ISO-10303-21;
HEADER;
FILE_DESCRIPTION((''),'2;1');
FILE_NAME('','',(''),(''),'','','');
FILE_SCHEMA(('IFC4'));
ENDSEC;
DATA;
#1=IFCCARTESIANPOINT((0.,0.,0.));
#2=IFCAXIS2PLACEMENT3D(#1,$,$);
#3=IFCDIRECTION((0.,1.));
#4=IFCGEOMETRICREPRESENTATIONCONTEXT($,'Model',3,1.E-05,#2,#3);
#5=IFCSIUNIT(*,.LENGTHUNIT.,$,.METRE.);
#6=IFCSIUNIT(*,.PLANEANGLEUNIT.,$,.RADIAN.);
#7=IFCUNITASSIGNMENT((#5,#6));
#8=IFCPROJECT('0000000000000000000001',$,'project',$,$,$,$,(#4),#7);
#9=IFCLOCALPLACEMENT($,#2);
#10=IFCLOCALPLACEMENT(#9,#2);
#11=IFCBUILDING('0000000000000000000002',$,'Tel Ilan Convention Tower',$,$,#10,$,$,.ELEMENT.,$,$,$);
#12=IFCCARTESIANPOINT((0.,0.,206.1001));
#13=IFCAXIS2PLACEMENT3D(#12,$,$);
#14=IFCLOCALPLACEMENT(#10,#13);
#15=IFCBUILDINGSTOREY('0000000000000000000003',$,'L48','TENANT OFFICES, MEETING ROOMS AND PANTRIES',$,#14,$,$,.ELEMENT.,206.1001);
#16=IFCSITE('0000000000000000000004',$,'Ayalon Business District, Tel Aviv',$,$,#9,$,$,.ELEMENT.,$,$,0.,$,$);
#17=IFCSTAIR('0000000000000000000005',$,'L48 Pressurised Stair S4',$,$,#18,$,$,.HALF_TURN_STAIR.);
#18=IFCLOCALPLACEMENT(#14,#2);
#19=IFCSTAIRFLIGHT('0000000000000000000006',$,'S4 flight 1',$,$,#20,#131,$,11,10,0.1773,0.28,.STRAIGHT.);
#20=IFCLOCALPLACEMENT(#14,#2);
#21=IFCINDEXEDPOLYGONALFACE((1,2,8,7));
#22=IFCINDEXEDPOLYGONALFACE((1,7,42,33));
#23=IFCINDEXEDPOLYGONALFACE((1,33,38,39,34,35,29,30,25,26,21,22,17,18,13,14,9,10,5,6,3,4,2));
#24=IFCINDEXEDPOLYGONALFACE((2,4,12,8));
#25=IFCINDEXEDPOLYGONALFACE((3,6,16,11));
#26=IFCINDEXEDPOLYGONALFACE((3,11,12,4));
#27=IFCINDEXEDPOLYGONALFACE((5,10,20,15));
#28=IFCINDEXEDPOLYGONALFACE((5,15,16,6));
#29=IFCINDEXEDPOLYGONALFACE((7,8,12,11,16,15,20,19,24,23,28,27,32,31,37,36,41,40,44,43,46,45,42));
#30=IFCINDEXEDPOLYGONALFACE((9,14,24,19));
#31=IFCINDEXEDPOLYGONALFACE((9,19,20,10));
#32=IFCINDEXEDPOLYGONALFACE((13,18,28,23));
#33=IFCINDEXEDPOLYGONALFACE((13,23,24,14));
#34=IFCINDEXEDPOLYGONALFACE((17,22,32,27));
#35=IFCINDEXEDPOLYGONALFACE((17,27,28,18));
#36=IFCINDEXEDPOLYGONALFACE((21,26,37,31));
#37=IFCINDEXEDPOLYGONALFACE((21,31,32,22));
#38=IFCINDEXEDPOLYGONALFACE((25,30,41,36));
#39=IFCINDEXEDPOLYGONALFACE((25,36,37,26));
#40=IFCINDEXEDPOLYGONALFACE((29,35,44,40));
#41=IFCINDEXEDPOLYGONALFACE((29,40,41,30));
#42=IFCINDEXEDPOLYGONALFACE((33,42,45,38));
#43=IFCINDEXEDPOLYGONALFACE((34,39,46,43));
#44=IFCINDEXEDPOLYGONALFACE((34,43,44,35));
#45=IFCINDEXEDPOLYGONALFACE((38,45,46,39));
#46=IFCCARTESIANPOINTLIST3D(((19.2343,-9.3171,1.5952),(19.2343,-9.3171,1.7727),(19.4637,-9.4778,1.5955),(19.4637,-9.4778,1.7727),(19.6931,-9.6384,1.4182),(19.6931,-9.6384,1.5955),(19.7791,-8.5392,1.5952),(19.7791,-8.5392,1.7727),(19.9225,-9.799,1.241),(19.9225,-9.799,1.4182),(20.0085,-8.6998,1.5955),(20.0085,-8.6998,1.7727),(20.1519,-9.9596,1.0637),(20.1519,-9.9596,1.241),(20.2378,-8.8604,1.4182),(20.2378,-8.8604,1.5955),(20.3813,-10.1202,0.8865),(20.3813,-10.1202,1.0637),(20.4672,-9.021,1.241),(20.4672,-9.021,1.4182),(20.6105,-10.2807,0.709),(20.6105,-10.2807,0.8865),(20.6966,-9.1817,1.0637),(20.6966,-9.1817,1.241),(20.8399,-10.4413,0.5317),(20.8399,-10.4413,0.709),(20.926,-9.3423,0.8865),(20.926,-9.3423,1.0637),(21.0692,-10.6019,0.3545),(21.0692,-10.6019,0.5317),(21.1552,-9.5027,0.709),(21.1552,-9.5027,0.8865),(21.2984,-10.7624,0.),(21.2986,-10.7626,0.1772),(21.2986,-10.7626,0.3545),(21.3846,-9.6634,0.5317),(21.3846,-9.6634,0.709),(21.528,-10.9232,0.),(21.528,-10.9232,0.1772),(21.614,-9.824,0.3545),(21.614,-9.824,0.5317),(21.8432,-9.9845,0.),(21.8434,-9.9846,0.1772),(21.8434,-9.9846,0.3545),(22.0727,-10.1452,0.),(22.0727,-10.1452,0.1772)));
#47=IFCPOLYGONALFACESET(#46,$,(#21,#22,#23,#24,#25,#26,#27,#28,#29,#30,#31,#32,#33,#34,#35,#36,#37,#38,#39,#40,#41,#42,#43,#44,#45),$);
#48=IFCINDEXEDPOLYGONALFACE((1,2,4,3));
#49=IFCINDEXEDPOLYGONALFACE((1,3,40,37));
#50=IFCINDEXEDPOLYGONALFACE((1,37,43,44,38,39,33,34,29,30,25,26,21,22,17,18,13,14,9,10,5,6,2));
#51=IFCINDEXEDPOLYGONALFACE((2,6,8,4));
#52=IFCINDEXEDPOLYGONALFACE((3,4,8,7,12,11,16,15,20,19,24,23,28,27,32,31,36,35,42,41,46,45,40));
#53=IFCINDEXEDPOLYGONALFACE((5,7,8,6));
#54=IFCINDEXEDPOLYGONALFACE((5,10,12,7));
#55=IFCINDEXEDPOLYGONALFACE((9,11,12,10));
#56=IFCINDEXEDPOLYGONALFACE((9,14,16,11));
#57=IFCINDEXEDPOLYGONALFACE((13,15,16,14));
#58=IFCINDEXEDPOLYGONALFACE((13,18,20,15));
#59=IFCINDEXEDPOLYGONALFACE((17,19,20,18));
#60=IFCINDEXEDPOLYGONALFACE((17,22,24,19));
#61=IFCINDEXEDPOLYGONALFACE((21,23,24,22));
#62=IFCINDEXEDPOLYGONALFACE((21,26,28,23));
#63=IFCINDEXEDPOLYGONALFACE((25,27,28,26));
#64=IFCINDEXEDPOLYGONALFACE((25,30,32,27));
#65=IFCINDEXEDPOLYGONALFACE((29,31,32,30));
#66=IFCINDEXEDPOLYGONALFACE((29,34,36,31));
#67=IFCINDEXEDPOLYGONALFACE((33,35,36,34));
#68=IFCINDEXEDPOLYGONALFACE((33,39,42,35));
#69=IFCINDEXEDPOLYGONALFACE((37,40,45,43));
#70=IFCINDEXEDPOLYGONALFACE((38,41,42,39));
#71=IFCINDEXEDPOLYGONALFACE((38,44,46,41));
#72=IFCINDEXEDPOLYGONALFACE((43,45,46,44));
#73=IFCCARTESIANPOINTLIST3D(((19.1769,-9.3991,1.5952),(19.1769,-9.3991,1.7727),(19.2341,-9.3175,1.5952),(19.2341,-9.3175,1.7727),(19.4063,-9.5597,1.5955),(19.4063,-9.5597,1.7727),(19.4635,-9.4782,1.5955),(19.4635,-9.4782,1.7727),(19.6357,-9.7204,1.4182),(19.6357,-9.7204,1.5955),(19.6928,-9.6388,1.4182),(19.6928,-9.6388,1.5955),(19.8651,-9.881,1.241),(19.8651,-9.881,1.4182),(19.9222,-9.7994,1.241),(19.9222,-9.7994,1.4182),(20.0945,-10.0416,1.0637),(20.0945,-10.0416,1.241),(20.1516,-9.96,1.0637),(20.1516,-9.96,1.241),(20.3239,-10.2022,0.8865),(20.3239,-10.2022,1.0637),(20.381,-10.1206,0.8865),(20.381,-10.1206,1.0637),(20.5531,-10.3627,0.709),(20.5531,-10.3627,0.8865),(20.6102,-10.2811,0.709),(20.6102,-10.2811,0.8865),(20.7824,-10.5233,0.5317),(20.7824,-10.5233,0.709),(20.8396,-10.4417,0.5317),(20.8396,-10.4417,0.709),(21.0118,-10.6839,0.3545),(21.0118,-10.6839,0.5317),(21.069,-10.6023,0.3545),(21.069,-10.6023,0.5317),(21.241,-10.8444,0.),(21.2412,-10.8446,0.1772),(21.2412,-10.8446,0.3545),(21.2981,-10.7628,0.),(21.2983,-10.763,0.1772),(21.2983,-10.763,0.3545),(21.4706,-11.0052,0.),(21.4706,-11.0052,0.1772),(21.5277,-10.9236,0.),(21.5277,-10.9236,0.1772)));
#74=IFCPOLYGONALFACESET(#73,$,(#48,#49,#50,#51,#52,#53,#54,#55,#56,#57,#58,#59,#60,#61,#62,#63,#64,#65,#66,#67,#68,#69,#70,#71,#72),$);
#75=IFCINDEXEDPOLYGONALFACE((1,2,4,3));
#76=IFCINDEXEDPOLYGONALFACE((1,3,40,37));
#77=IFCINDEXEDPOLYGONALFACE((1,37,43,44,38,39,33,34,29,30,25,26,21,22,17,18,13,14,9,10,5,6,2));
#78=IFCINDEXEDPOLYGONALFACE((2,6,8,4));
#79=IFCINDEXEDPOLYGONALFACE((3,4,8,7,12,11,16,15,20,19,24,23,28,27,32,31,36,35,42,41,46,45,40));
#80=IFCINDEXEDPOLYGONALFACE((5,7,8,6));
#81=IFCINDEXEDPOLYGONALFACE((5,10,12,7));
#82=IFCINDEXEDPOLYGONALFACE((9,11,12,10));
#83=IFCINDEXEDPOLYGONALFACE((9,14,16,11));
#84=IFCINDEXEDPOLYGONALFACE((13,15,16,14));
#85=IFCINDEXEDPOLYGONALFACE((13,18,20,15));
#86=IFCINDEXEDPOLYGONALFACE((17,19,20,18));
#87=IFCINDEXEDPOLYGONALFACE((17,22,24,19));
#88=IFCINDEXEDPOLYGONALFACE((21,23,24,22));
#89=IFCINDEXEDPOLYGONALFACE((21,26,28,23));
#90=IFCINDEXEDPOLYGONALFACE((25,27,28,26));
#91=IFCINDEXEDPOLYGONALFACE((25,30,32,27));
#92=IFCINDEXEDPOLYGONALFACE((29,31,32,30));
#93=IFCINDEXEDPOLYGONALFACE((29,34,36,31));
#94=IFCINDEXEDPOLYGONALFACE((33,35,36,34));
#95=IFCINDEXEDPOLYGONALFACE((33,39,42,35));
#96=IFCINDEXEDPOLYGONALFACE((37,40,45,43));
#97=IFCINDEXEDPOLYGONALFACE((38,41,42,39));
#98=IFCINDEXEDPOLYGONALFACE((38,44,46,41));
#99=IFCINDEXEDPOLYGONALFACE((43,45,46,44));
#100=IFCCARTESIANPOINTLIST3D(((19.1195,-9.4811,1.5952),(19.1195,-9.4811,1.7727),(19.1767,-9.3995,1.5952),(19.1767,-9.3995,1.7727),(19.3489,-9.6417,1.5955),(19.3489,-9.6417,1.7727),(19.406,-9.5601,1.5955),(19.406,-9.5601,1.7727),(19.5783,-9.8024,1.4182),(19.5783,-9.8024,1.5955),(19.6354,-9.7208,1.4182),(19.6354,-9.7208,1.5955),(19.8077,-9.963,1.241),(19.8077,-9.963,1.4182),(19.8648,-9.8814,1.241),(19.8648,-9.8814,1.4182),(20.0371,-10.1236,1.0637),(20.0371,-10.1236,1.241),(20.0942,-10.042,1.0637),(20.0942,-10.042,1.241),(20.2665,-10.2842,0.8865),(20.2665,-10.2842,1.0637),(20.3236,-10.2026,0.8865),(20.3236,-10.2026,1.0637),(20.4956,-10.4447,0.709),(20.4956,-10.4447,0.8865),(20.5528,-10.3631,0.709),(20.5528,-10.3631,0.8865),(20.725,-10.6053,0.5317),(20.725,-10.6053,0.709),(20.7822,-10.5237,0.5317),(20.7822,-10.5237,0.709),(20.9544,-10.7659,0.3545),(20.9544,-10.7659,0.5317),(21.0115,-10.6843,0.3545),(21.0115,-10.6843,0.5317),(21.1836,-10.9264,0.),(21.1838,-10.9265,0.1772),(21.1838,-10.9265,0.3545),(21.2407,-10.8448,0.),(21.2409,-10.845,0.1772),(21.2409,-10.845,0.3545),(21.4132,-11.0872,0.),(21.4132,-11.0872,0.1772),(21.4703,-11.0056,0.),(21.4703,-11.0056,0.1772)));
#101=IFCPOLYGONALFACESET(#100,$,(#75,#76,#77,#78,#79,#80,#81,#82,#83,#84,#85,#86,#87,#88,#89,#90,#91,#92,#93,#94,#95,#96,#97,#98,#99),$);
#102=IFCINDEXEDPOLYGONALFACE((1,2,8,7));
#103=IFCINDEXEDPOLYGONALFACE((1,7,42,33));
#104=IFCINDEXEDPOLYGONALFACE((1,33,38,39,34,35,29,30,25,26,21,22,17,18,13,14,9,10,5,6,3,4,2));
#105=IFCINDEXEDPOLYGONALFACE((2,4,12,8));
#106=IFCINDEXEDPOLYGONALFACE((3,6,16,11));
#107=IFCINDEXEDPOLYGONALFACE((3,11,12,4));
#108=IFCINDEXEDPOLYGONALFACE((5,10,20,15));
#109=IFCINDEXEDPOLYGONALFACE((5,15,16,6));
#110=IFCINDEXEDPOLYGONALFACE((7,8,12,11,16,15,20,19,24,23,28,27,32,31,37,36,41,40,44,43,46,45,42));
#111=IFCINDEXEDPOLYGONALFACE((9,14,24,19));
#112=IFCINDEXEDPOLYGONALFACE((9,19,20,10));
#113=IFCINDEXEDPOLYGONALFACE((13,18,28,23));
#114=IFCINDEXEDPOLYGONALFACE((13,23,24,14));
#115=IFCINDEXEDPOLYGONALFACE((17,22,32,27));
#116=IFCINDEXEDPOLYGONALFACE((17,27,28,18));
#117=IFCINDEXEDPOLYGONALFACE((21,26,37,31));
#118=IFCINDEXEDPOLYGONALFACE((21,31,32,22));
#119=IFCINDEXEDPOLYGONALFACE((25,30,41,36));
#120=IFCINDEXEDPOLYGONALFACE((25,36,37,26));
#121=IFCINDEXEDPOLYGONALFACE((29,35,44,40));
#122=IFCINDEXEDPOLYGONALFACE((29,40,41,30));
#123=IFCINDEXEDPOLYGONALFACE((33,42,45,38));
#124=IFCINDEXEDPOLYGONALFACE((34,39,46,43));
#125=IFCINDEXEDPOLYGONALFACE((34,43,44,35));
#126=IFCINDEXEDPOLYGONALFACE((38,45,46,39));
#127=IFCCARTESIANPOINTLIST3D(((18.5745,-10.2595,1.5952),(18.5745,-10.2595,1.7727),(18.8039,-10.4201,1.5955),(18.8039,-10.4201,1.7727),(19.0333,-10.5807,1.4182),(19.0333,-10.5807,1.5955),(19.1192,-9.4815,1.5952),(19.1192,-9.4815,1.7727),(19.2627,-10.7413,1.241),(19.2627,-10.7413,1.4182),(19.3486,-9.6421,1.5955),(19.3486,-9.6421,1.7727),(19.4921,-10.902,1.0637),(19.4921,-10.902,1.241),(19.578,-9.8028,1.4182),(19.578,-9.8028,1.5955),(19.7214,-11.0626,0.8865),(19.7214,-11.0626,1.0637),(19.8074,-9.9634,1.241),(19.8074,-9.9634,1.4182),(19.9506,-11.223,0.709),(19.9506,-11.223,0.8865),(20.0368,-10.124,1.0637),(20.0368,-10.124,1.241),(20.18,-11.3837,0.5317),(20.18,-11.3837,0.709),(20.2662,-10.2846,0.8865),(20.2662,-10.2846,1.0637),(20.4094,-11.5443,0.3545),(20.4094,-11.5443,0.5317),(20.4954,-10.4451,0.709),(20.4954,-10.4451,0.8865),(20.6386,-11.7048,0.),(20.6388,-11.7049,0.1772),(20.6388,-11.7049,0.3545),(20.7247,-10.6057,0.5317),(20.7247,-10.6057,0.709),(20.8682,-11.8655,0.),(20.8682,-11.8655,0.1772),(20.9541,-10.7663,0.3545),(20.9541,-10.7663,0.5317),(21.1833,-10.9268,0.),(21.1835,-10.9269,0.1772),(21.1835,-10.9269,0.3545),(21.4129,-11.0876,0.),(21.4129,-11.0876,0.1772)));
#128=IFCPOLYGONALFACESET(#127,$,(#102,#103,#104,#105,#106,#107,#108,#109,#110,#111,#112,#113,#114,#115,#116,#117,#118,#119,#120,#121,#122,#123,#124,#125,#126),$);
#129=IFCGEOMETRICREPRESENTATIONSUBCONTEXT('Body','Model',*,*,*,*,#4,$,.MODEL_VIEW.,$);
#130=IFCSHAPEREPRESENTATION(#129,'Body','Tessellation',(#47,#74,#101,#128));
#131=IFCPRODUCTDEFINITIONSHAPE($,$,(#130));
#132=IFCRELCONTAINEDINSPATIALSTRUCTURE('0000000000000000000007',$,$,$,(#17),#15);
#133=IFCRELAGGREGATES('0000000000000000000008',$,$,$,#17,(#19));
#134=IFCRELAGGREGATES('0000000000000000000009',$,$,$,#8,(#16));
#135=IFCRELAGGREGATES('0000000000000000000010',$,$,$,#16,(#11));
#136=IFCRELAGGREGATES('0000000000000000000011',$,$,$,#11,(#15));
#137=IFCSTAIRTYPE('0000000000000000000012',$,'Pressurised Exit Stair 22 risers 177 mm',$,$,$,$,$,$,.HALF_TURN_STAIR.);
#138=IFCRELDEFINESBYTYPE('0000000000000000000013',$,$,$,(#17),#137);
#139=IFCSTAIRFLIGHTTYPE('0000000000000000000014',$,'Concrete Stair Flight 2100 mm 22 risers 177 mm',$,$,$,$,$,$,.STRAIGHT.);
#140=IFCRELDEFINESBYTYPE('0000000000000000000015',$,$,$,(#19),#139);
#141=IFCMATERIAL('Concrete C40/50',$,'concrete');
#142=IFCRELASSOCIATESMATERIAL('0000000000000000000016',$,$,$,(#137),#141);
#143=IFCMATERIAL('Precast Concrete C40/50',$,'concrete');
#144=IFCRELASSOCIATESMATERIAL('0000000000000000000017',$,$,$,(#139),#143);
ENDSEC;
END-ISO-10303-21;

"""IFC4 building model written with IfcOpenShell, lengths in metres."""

from ifc_helpers import new_model, si_unit, direction, frame, origin, place, context, subcontext, project, spatial, polyline, outline, extrude, material, type_object, element, aggregate, save


model = new_model("IFC4")

# Units and contexts
model_context = context("Model", 3, precision=1e-05, world=origin(), true_north=direction((0.0, 1.0)))
body_context = subcontext(model_context, "Body", "Model", "MODEL_VIEW")
ifc_project = project(units=[si_unit("LENGTHUNIT", "METRE"), si_unit("PLANEANGLEUNIT", "RADIAN")], contexts=[model_context])

# Site, building, storey
site_placement = place(None, origin())
site = spatial("IfcSite", under=ifc_project, at=site_placement, Name="Ayalon Business District, Tel Aviv", CompositionType="ELEMENT", RefElevation=0.0)
building_placement = place(site_placement, origin())
building = spatial("IfcBuilding", under=site, at=building_placement, Name="Tel Ilan Convention Tower", CompositionType="ELEMENT")
storey_placement = place(building_placement, frame((0.0, 0.0, 206.1001)))
storey = spatial("IfcBuildingStorey", under=building, at=storey_placement, Name="L48", Description="TENANT OFFICES, MEETING ROOMS AND PANTRIES", CompositionType="ELEMENT", Elevation=206.1001)

# Shared definitions
ifc_material_1 = material(Name="Concrete C40/50", Category="concrete")
stair_type = type_object("IfcStairType", Name="Pressurised Exit Stair 22 risers 177 mm", PredefinedType="HALF_TURN_STAIR", material=ifc_material_1)
ifc_material_2 = material(Name="Precast Concrete C40/50", Category="concrete")
stair_flight_type = type_object("IfcStairFlightType", Name="Concrete Stair Flight 2100 mm 22 risers 177 mm", PredefinedType="STRAIGHT", material=ifc_material_2)

# Stair, stair flight
stair_1_placement = place(storey_placement, origin())
stair_1 = element("IfcStair", 1, at=stair_1_placement, inside=storey, type_object=stair_type, Name="L48 Pressurised Stair S4", PredefinedType="HALF_TURN_STAIR")
stair_flight_1_placement = place(storey_placement, frame((21.4705, -11.0054, 0.0), z_axis=(0.0, 0.0, 1.0), x_axis=(-0.819152, 0.573576, 0.0)))
stair_flight_1 = element("IfcStairFlight", 2, at=stair_flight_1_placement, type_object=stair_flight_type, Name="S4 flight 1", NumberOfRisers=11, NumberOfTreads=10, PredefinedType="STRAIGHT", RiserHeight=0.1773, TreadLength=0.28, context=body_context, shape_type="SweptSolid", body=[
    extrude(outline(polyline([(0.0, 0.0), (0.0, 0.1772), (0.28, 0.1772), (0.28, 0.3545), (0.5601, 0.3545), (0.5601, 0.5317), (0.8401, 0.5317), (0.8401, 0.709), (1.1201, 0.709), (1.1201, 0.8865), (1.3999, 0.8865), (1.3999, 1.0637), (1.6799, 1.0637), (1.6799, 1.241), (1.96, 1.241), (1.96, 1.4182), (2.24, 1.4182), (2.24, 1.5955), (2.52, 1.5955), (2.52, 1.7727), (2.8, 1.7727), (2.8, 1.95), (2.8, 1.5952), (0.2803, 0.0), (0.0, 0.0)])), frame((0.0, -0.1003, 0.0), z_axis=(0.0, -1.0, 0.0), x_axis=(1.0, 0.0, 0.0)), (0.0, 0.0, 1.0), 0.9497),
    extrude(outline(polyline([(0.0, 0.0), (0.0, 0.1772), (0.28, 0.1772), (0.28, 0.3545), (0.5601, 0.3545), (0.5601, 0.5317), (0.8401, 0.5317), (0.8401, 0.709), (1.1201, 0.709), (1.1201, 0.8865), (1.3999, 0.8865), (1.3999, 1.0637), (1.6799, 1.0637), (1.6799, 1.241), (1.96, 1.241), (1.96, 1.4182), (2.24, 1.4182), (2.24, 1.5955), (2.52, 1.5955), (2.52, 1.7727), (2.8, 1.7727), (2.8, 1.95), (2.8, 1.5952), (0.2803, 0.0), (0.0, 0.0)])), frame((0.0, -0.0002, 0.0), z_axis=(0.0, -1.0, 0.0), x_axis=(1.0, 0.0, 0.0)), (0.0, 0.0, 1.0), 0.0996),
    extrude(outline(polyline([(0.0, 0.0), (0.0, 0.1772), (0.28, 0.1772), (0.28, 0.3545), (0.5601, 0.3545), (0.5601, 0.5317), (0.8401, 0.5317), (0.8401, 0.709), (1.1201, 0.709), (1.1201, 0.8865), (1.3999, 0.8865), (1.3999, 1.0637), (1.6799, 1.0637), (1.6799, 1.241), (1.96, 1.241), (1.96, 1.4182), (2.24, 1.4182), (2.24, 1.5955), (2.52, 1.5955), (2.52, 1.7727), (2.8, 1.7727), (2.8, 1.95), (2.8, 1.5952), (0.2803, 0.0), (0.0, 0.0)])), frame((0.0, 0.0999, 0.0), z_axis=(0.0, -1.0, 0.0), x_axis=(1.0, 0.0, 0.0)), (0.0, 0.0, 1.0), 0.0996),
    extrude(outline(polyline([(0.0, 0.0), (0.0, 0.1772), (0.28, 0.1772), (0.28, 0.3545), (0.5601, 0.3545), (0.5601, 0.5317), (0.8401, 0.5317), (0.8401, 0.709), (1.1201, 0.709), (1.1201, 0.8865), (1.3999, 0.8865), (1.3999, 1.0637), (1.6799, 1.0637), (1.6799, 1.241), (1.96, 1.241), (1.96, 1.4182), (2.24, 1.4182), (2.24, 1.5955), (2.52, 1.5955), (2.52, 1.7727), (2.8, 1.7727), (2.8, 1.95), (2.8, 1.5952), (0.2803, 0.0), (0.0, 0.0)])), frame((0.0, 1.05, 0.0), z_axis=(0.0, -1.0, 0.0), x_axis=(1.0, 0.0, 0.0)), (0.0, 0.0, 1.0), 0.9497),
])
aggregate(stair_1, [stair_flight_1])

save(model, "model.ifc")
